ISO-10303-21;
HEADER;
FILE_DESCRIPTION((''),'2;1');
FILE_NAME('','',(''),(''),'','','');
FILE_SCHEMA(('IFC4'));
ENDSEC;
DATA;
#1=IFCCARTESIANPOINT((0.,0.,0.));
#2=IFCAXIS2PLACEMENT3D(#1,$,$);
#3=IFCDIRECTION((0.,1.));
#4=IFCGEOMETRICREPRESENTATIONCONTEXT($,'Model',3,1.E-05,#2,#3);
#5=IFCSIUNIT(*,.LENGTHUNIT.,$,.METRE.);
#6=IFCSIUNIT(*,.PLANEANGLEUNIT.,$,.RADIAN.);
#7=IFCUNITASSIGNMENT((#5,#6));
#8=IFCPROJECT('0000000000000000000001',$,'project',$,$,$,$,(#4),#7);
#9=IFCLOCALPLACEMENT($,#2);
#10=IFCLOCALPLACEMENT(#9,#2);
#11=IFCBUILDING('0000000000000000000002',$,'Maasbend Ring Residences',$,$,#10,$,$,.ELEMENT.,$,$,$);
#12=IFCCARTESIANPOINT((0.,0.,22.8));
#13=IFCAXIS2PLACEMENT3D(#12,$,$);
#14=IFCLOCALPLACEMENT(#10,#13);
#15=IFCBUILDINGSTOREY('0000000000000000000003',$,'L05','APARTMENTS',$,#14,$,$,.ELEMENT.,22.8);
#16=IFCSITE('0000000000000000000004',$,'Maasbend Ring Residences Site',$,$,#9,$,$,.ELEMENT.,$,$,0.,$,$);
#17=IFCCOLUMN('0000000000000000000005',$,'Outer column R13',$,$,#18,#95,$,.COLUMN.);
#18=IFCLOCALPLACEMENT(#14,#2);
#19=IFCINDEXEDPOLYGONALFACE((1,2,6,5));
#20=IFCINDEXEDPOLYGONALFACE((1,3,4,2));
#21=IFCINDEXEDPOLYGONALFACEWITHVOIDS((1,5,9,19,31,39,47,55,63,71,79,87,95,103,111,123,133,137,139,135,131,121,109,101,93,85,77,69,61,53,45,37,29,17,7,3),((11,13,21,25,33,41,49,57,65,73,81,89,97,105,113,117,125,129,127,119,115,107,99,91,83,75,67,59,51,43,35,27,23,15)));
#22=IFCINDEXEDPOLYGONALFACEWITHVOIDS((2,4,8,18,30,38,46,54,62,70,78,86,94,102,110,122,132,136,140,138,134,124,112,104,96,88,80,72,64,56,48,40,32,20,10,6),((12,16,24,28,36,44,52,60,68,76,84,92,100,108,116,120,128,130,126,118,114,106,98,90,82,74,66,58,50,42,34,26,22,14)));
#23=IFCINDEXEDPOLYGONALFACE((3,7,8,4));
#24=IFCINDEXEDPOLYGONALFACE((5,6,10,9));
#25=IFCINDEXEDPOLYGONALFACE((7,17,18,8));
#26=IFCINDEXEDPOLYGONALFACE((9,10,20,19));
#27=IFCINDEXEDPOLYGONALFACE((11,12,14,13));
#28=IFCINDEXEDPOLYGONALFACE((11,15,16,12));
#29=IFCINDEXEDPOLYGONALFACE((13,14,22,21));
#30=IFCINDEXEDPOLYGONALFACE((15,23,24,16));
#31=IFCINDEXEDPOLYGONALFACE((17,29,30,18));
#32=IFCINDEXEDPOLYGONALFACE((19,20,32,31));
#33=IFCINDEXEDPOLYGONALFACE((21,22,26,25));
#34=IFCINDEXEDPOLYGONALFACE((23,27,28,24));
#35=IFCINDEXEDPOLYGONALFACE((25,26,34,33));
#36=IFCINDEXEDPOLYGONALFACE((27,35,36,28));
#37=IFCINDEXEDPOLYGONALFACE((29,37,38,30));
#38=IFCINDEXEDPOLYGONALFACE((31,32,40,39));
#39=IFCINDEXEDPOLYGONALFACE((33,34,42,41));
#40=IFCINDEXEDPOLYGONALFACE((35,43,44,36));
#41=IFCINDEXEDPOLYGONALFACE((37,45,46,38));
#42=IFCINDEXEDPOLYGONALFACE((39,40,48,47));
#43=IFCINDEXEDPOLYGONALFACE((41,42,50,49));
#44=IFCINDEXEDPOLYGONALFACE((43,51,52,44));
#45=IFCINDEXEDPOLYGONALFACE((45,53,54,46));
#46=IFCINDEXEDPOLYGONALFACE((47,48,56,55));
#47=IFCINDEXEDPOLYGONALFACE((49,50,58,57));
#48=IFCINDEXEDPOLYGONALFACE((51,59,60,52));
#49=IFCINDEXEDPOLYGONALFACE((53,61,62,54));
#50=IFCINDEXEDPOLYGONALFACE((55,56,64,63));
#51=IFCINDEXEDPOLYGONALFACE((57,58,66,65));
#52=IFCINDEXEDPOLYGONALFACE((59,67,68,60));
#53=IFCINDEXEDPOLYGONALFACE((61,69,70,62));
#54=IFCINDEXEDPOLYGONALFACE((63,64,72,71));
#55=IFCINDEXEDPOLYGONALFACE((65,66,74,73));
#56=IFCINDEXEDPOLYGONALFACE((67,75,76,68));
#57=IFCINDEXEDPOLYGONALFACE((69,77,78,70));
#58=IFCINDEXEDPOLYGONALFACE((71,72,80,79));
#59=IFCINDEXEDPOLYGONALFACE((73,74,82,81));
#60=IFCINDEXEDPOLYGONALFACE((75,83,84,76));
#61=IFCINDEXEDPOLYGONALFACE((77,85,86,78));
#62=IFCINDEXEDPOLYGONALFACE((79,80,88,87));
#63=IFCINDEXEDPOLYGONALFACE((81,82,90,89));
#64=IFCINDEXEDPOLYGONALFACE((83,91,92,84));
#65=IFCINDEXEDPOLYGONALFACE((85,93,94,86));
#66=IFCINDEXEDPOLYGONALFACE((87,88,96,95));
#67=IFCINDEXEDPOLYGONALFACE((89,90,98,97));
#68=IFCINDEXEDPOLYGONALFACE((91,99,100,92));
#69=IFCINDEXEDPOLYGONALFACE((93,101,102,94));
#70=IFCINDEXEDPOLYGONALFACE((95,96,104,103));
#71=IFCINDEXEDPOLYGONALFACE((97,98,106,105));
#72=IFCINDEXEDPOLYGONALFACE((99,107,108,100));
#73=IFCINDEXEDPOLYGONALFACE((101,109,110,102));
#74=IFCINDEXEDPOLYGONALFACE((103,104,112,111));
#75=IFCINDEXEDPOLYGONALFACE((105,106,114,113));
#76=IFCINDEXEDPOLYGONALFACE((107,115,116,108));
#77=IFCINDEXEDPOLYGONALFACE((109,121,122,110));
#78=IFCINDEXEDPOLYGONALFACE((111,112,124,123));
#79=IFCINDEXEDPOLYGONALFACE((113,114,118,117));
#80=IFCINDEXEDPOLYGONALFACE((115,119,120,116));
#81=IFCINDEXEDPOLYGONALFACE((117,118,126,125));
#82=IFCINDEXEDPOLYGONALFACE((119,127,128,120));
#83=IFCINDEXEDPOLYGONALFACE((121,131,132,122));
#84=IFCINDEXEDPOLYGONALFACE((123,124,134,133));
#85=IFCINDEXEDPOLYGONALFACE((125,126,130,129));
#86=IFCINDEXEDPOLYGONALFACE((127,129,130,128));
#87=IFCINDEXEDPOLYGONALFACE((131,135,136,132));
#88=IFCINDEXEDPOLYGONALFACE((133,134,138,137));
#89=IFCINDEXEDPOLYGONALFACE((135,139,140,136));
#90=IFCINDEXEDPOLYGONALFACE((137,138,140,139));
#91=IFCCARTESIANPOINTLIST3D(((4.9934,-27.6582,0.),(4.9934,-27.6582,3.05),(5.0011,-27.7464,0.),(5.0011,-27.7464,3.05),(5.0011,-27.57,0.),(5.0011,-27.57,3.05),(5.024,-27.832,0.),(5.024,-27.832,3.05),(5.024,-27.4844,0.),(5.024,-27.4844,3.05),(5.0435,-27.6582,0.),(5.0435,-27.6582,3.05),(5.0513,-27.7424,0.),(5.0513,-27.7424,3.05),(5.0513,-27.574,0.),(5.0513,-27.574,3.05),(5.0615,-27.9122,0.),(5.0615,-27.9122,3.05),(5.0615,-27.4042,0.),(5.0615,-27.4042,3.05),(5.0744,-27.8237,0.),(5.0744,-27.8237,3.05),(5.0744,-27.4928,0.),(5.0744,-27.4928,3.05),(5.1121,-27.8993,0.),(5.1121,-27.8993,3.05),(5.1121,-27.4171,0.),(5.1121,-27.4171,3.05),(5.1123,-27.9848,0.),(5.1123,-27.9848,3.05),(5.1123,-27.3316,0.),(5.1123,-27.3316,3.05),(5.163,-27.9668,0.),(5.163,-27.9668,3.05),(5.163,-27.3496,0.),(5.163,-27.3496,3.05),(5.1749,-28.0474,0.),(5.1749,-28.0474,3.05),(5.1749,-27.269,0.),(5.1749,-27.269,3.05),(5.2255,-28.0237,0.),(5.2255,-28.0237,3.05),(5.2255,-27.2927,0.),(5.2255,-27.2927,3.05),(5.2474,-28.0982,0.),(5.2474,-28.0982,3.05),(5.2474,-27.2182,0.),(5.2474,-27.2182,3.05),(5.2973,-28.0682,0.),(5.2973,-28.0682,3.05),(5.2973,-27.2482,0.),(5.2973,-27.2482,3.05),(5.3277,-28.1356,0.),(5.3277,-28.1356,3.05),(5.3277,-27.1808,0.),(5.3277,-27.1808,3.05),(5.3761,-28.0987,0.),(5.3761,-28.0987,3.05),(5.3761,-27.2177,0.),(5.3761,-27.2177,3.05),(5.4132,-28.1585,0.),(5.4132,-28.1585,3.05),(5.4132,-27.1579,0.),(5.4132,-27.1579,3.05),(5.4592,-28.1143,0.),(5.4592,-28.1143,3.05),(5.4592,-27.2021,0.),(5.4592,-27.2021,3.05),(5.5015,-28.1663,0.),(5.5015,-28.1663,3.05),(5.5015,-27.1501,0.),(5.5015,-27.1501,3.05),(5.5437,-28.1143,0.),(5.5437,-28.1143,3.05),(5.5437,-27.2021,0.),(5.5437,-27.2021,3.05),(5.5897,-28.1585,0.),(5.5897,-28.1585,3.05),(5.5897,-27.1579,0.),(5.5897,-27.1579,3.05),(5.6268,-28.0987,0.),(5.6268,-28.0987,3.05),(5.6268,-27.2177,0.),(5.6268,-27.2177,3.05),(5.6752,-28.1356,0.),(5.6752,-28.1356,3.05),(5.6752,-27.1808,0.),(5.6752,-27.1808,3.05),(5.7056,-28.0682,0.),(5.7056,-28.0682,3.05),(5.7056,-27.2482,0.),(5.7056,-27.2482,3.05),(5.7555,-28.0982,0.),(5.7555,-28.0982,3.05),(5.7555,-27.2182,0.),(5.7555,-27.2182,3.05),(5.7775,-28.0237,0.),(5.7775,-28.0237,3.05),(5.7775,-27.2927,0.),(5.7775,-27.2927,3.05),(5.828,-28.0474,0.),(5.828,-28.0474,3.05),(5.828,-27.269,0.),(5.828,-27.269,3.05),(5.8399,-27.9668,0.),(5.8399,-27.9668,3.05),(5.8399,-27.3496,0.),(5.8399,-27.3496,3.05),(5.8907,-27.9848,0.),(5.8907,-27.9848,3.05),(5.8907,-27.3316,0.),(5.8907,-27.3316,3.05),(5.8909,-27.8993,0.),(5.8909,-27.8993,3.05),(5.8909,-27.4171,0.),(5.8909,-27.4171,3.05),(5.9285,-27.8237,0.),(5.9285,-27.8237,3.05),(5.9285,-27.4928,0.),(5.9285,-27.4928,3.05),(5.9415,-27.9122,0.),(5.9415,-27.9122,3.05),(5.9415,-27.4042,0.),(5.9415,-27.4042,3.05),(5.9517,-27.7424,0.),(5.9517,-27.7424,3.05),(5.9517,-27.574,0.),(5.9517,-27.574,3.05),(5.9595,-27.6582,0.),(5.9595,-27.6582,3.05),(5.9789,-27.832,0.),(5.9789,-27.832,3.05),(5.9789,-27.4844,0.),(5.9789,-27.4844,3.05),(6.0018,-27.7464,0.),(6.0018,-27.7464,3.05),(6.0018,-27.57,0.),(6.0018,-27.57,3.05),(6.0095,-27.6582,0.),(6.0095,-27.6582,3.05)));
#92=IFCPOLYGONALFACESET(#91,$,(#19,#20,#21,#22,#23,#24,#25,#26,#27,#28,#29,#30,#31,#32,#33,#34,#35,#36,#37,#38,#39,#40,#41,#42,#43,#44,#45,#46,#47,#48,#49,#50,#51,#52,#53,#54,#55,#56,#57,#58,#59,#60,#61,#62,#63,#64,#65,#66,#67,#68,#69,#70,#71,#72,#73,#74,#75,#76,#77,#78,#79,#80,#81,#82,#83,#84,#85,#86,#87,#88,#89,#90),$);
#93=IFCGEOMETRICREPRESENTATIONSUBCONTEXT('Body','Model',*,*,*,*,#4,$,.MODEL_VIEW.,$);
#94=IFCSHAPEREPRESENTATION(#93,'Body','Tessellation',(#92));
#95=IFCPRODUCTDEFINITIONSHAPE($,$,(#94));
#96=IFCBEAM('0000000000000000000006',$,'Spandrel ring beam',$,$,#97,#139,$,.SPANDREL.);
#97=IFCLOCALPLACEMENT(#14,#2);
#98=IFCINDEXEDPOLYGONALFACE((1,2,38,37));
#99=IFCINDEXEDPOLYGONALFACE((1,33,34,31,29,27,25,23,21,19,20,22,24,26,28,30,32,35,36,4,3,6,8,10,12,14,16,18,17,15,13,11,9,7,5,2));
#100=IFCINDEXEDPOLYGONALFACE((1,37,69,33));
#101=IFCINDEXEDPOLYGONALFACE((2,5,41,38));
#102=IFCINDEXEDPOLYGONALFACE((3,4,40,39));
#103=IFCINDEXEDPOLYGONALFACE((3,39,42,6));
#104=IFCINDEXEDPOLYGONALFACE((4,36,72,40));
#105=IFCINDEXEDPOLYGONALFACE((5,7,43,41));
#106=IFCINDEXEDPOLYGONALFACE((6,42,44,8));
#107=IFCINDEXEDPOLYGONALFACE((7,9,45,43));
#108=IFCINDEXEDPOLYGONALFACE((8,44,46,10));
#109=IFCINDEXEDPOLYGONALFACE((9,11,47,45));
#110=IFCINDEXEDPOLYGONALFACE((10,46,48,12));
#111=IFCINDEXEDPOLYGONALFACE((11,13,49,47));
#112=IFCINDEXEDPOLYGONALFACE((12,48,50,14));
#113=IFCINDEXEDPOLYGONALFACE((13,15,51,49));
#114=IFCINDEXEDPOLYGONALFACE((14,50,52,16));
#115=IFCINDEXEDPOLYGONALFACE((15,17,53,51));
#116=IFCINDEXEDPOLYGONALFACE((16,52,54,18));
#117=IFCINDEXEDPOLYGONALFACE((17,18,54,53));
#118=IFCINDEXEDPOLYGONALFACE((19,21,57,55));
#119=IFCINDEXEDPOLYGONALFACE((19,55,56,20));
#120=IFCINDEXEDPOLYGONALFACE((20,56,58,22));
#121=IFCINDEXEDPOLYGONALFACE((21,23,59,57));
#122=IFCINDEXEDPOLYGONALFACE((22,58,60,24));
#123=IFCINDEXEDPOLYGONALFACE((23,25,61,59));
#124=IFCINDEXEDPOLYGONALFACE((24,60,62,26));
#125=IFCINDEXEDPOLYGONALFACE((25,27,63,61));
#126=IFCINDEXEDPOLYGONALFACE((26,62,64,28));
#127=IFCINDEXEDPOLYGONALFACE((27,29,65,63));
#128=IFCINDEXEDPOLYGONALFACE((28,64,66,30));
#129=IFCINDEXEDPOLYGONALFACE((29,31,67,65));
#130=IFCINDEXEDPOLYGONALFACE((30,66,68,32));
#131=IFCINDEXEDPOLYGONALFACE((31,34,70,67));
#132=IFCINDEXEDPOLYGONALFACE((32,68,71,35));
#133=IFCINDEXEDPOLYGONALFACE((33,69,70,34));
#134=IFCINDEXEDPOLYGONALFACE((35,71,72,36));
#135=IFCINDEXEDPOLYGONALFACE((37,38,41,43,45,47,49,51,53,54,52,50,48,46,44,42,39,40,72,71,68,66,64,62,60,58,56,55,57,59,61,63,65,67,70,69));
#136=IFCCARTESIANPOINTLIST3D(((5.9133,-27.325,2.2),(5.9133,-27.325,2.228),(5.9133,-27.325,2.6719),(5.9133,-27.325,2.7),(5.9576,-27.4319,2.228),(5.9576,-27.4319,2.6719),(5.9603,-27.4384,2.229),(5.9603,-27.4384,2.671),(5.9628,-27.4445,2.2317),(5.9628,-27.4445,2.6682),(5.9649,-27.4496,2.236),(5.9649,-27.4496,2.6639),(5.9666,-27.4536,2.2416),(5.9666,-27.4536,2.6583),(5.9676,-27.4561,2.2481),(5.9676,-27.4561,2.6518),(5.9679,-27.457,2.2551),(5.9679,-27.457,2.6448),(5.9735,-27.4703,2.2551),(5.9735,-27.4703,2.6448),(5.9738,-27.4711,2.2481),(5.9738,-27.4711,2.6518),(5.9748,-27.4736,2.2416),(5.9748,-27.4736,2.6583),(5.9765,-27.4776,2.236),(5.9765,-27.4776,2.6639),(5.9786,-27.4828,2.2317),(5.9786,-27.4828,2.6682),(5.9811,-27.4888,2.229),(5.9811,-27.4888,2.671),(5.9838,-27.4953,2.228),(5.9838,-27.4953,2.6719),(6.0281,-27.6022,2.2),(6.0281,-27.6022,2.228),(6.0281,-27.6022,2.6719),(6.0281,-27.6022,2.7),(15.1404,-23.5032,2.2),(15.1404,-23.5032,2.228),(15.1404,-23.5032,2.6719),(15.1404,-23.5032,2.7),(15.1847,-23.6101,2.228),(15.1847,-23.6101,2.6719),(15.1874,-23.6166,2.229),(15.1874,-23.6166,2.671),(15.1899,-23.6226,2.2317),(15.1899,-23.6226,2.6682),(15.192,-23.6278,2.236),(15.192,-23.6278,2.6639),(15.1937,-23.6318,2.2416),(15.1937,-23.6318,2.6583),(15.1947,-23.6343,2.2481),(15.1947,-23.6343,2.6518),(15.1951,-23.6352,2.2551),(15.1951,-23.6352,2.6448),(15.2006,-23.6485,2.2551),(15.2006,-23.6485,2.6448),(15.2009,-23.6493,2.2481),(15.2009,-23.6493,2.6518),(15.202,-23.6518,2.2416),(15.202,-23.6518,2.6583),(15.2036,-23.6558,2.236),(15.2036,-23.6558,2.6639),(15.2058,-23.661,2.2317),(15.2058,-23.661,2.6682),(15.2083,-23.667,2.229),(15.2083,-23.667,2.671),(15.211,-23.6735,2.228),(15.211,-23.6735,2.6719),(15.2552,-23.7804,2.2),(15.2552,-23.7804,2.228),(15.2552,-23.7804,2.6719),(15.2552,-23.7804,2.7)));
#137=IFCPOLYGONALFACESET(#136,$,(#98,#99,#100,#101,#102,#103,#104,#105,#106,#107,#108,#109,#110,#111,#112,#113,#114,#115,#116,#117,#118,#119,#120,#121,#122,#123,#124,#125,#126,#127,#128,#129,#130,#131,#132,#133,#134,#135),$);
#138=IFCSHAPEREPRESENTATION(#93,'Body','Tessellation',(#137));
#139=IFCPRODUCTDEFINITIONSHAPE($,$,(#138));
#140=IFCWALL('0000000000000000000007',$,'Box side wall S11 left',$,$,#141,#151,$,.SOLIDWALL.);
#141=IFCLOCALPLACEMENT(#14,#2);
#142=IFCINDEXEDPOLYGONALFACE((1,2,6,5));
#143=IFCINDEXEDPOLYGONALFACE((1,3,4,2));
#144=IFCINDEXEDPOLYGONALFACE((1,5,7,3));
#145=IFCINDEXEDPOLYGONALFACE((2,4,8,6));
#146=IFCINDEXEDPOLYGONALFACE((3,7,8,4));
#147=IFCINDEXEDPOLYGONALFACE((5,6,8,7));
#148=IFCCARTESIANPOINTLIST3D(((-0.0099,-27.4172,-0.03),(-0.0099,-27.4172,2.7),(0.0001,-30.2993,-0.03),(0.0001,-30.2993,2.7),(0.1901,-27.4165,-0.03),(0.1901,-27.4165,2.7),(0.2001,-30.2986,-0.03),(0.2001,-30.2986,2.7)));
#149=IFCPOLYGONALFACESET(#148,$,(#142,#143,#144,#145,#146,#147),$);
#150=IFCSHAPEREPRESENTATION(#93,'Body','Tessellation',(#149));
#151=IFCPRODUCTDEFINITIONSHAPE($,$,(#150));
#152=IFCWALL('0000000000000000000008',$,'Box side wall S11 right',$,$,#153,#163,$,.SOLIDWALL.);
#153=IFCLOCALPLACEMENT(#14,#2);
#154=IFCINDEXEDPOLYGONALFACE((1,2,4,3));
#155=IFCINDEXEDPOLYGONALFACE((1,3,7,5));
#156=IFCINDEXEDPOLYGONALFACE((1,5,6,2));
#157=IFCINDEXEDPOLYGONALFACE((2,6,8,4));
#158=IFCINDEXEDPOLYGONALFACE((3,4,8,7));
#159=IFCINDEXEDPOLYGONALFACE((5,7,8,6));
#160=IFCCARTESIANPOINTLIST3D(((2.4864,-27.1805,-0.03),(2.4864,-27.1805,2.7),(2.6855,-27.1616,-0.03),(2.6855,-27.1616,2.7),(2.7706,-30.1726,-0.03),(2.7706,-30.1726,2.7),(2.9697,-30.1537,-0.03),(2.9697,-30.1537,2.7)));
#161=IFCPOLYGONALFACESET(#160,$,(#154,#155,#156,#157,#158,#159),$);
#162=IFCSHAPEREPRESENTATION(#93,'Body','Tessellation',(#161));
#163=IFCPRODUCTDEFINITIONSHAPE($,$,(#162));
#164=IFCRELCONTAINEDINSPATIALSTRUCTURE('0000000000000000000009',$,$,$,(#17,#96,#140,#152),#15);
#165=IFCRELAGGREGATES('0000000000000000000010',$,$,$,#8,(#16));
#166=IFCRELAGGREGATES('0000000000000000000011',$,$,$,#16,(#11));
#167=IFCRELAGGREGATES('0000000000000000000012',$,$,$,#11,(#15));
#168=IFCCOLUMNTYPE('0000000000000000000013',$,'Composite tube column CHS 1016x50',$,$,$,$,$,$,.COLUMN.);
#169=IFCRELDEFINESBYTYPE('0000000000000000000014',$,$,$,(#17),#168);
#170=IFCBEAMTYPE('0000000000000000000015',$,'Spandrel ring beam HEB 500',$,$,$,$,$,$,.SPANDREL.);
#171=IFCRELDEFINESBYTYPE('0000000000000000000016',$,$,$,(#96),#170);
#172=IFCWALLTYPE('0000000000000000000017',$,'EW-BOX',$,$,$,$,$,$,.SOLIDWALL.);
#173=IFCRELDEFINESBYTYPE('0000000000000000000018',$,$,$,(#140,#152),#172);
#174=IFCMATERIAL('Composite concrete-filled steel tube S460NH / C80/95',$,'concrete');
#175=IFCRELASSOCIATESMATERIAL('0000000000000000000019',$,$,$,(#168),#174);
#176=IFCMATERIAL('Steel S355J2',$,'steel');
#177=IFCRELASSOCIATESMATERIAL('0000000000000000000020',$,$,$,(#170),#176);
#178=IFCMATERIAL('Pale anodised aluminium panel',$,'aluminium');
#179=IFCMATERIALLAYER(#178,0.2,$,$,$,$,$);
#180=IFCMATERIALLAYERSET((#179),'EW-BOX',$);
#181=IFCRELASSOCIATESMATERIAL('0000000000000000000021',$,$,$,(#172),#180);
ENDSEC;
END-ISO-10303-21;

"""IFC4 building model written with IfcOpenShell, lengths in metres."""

from ifc_helpers import new_model, si_unit, direction, frame, frame_2d, origin, origin_2d, place, context, subcontext, project, spatial, rectangle, hollow_circle, i_section, extrude, material, layer, layer_set, material_profile, profile_set, type_object, element, save


model = new_model("IFC4")

# Units and contexts
model_context = context("Model", 3, precision=1e-05, world=origin(), true_north=direction((0.0, 1.0)))
body_context = subcontext(model_context, "Body", "Model", "MODEL_VIEW")
ifc_project = project(units=[si_unit("LENGTHUNIT", "METRE"), si_unit("PLANEANGLEUNIT", "RADIAN")], contexts=[model_context])

# Site, building, storey
site_placement = place(None, origin())
site = spatial("IfcSite", under=ifc_project, at=site_placement, Name="Maasbend Ring Residences Site", CompositionType="ELEMENT", RefElevation=0.0)
building_placement = place(site_placement, origin())
building = spatial("IfcBuilding", under=site, at=building_placement, Name="Maasbend Ring Residences", CompositionType="ELEMENT")
storey_placement = place(building_placement, frame((0.0, 0.0, 22.8)))
storey = spatial("IfcBuildingStorey", under=building, at=storey_placement, Name="L05", Description="APARTMENTS", CompositionType="ELEMENT", Elevation=22.8)

# Column
ifc_material_1 = material(Name="Composite concrete-filled steel tube S460NH / C80/95", Category="concrete")
ifc_material_profile_1 = material_profile(ifc_material_1, hollow_circle(Radius=0.5081, WallThickness=0.05, at=origin_2d()), Name="Composite tube column CHS 1016x50")
ifc_profile_set_1 = profile_set([ifc_material_profile_1], Name="Composite concrete-filled steel tube S460NH / C80/95")
column_type = type_object("IfcColumnType", Name="Composite tube column CHS 1016x50", PredefinedType="COLUMN", material=ifc_profile_set_1)
column_placement = place(storey_placement, frame((5.5015, -27.6582, 0.0), z_axis=(0.0, 0.0, 1.0), x_axis=(1.0, 0.0, 0.0)))
element("IfcColumn", 1, at=column_placement, inside=storey, type_object=column_type, Name="Outer column R13", PredefinedType="COLUMN", context=body_context, shape_type="SweptSolid", body=[
    extrude(hollow_circle(Radius=0.5081, WallThickness=0.05, at=origin_2d()), origin(), (0.0, 0.0, 1.0), 3.05),
])

# Beam
ifc_material_2 = material(Name="Steel S355J2", Category="steel")
ifc_material_profile_2 = material_profile(ifc_material_2, i_section(OverallWidth=0.3, OverallDepth=0.5, WebThickness=0.0144, FlangeThickness=0.0281, FilletRadius=0.0271, at=origin_2d()), Name="HEB 500")
ifc_profile_set_2 = profile_set([ifc_material_profile_2], Name="Steel S355J2")
beam_type = type_object("IfcBeamType", Name="Spandrel ring beam HEB 500", PredefinedType="SPANDREL", material=ifc_profile_set_2)
beam_placement = place(storey_placement, frame((5.9707, -27.4636, 2.45), z_axis=(0.923886, 0.382667, 0.0), x_axis=(-0.382667, 0.923886, 0.0)))
element("IfcBeam", 2, at=beam_placement, inside=storey, type_object=beam_type, Name="Spandrel ring beam", PredefinedType="SPANDREL", context=body_context, shape_type="SweptSolid", body=[
    extrude(i_section(OverallWidth=0.3, OverallDepth=0.5, WebThickness=0.0144, FlangeThickness=0.0281, FilletRadius=0.0271, at=origin_2d()), origin(), (0.0, 0.0, 1.0), 9.9873),
])

# Walls
ifc_material_3 = material(Name="Pale anodised aluminium panel", Category="aluminium")
ifc_layer_1 = layer(ifc_material_3, 0.2)
ifc_layer_set_1 = layer_set([ifc_layer_1], Name="EW-BOX")
wall_type_1 = type_object("IfcWallType", Name="EW-BOX", PredefinedType="SOLIDWALL", material=ifc_layer_set_1)
wall_1_placement = place(storey_placement, frame((0.0901, -27.417, -0.03), z_axis=(0.0, 0.0, 1.0), x_axis=(0.003473, -0.999994, 0.0)))
element("IfcWall", 3, at=wall_1_placement, inside=storey, type_object=wall_type_1, Name="Box side wall S11 left", PredefinedType="SOLIDWALL", context=body_context, shape_type="SweptSolid", body=[
    extrude(rectangle(XDim=2.8821, YDim=0.2, at=frame_2d((1.4409, 0.0))), origin(), (0.0, 0.0, 1.0), 2.73),
])
wall_2_placement = place(storey_placement, frame((2.5859, -27.1709, -0.03), z_axis=(0.0, 0.0, 1.0), x_axis=(0.094548, -0.99552, 0.0)))
element("IfcWall", 4, at=wall_2_placement, inside=storey, type_object=wall_type_1, Name="Box side wall S11 right", PredefinedType="SOLIDWALL", context=body_context, shape_type="SweptSolid", body=[
    extrude(rectangle(XDim=3.0056, YDim=0.2, at=frame_2d((1.5029, 0.0))), origin(), (0.0, 0.0, 1.0), 2.73),
])

save(model, "model.ifc")
